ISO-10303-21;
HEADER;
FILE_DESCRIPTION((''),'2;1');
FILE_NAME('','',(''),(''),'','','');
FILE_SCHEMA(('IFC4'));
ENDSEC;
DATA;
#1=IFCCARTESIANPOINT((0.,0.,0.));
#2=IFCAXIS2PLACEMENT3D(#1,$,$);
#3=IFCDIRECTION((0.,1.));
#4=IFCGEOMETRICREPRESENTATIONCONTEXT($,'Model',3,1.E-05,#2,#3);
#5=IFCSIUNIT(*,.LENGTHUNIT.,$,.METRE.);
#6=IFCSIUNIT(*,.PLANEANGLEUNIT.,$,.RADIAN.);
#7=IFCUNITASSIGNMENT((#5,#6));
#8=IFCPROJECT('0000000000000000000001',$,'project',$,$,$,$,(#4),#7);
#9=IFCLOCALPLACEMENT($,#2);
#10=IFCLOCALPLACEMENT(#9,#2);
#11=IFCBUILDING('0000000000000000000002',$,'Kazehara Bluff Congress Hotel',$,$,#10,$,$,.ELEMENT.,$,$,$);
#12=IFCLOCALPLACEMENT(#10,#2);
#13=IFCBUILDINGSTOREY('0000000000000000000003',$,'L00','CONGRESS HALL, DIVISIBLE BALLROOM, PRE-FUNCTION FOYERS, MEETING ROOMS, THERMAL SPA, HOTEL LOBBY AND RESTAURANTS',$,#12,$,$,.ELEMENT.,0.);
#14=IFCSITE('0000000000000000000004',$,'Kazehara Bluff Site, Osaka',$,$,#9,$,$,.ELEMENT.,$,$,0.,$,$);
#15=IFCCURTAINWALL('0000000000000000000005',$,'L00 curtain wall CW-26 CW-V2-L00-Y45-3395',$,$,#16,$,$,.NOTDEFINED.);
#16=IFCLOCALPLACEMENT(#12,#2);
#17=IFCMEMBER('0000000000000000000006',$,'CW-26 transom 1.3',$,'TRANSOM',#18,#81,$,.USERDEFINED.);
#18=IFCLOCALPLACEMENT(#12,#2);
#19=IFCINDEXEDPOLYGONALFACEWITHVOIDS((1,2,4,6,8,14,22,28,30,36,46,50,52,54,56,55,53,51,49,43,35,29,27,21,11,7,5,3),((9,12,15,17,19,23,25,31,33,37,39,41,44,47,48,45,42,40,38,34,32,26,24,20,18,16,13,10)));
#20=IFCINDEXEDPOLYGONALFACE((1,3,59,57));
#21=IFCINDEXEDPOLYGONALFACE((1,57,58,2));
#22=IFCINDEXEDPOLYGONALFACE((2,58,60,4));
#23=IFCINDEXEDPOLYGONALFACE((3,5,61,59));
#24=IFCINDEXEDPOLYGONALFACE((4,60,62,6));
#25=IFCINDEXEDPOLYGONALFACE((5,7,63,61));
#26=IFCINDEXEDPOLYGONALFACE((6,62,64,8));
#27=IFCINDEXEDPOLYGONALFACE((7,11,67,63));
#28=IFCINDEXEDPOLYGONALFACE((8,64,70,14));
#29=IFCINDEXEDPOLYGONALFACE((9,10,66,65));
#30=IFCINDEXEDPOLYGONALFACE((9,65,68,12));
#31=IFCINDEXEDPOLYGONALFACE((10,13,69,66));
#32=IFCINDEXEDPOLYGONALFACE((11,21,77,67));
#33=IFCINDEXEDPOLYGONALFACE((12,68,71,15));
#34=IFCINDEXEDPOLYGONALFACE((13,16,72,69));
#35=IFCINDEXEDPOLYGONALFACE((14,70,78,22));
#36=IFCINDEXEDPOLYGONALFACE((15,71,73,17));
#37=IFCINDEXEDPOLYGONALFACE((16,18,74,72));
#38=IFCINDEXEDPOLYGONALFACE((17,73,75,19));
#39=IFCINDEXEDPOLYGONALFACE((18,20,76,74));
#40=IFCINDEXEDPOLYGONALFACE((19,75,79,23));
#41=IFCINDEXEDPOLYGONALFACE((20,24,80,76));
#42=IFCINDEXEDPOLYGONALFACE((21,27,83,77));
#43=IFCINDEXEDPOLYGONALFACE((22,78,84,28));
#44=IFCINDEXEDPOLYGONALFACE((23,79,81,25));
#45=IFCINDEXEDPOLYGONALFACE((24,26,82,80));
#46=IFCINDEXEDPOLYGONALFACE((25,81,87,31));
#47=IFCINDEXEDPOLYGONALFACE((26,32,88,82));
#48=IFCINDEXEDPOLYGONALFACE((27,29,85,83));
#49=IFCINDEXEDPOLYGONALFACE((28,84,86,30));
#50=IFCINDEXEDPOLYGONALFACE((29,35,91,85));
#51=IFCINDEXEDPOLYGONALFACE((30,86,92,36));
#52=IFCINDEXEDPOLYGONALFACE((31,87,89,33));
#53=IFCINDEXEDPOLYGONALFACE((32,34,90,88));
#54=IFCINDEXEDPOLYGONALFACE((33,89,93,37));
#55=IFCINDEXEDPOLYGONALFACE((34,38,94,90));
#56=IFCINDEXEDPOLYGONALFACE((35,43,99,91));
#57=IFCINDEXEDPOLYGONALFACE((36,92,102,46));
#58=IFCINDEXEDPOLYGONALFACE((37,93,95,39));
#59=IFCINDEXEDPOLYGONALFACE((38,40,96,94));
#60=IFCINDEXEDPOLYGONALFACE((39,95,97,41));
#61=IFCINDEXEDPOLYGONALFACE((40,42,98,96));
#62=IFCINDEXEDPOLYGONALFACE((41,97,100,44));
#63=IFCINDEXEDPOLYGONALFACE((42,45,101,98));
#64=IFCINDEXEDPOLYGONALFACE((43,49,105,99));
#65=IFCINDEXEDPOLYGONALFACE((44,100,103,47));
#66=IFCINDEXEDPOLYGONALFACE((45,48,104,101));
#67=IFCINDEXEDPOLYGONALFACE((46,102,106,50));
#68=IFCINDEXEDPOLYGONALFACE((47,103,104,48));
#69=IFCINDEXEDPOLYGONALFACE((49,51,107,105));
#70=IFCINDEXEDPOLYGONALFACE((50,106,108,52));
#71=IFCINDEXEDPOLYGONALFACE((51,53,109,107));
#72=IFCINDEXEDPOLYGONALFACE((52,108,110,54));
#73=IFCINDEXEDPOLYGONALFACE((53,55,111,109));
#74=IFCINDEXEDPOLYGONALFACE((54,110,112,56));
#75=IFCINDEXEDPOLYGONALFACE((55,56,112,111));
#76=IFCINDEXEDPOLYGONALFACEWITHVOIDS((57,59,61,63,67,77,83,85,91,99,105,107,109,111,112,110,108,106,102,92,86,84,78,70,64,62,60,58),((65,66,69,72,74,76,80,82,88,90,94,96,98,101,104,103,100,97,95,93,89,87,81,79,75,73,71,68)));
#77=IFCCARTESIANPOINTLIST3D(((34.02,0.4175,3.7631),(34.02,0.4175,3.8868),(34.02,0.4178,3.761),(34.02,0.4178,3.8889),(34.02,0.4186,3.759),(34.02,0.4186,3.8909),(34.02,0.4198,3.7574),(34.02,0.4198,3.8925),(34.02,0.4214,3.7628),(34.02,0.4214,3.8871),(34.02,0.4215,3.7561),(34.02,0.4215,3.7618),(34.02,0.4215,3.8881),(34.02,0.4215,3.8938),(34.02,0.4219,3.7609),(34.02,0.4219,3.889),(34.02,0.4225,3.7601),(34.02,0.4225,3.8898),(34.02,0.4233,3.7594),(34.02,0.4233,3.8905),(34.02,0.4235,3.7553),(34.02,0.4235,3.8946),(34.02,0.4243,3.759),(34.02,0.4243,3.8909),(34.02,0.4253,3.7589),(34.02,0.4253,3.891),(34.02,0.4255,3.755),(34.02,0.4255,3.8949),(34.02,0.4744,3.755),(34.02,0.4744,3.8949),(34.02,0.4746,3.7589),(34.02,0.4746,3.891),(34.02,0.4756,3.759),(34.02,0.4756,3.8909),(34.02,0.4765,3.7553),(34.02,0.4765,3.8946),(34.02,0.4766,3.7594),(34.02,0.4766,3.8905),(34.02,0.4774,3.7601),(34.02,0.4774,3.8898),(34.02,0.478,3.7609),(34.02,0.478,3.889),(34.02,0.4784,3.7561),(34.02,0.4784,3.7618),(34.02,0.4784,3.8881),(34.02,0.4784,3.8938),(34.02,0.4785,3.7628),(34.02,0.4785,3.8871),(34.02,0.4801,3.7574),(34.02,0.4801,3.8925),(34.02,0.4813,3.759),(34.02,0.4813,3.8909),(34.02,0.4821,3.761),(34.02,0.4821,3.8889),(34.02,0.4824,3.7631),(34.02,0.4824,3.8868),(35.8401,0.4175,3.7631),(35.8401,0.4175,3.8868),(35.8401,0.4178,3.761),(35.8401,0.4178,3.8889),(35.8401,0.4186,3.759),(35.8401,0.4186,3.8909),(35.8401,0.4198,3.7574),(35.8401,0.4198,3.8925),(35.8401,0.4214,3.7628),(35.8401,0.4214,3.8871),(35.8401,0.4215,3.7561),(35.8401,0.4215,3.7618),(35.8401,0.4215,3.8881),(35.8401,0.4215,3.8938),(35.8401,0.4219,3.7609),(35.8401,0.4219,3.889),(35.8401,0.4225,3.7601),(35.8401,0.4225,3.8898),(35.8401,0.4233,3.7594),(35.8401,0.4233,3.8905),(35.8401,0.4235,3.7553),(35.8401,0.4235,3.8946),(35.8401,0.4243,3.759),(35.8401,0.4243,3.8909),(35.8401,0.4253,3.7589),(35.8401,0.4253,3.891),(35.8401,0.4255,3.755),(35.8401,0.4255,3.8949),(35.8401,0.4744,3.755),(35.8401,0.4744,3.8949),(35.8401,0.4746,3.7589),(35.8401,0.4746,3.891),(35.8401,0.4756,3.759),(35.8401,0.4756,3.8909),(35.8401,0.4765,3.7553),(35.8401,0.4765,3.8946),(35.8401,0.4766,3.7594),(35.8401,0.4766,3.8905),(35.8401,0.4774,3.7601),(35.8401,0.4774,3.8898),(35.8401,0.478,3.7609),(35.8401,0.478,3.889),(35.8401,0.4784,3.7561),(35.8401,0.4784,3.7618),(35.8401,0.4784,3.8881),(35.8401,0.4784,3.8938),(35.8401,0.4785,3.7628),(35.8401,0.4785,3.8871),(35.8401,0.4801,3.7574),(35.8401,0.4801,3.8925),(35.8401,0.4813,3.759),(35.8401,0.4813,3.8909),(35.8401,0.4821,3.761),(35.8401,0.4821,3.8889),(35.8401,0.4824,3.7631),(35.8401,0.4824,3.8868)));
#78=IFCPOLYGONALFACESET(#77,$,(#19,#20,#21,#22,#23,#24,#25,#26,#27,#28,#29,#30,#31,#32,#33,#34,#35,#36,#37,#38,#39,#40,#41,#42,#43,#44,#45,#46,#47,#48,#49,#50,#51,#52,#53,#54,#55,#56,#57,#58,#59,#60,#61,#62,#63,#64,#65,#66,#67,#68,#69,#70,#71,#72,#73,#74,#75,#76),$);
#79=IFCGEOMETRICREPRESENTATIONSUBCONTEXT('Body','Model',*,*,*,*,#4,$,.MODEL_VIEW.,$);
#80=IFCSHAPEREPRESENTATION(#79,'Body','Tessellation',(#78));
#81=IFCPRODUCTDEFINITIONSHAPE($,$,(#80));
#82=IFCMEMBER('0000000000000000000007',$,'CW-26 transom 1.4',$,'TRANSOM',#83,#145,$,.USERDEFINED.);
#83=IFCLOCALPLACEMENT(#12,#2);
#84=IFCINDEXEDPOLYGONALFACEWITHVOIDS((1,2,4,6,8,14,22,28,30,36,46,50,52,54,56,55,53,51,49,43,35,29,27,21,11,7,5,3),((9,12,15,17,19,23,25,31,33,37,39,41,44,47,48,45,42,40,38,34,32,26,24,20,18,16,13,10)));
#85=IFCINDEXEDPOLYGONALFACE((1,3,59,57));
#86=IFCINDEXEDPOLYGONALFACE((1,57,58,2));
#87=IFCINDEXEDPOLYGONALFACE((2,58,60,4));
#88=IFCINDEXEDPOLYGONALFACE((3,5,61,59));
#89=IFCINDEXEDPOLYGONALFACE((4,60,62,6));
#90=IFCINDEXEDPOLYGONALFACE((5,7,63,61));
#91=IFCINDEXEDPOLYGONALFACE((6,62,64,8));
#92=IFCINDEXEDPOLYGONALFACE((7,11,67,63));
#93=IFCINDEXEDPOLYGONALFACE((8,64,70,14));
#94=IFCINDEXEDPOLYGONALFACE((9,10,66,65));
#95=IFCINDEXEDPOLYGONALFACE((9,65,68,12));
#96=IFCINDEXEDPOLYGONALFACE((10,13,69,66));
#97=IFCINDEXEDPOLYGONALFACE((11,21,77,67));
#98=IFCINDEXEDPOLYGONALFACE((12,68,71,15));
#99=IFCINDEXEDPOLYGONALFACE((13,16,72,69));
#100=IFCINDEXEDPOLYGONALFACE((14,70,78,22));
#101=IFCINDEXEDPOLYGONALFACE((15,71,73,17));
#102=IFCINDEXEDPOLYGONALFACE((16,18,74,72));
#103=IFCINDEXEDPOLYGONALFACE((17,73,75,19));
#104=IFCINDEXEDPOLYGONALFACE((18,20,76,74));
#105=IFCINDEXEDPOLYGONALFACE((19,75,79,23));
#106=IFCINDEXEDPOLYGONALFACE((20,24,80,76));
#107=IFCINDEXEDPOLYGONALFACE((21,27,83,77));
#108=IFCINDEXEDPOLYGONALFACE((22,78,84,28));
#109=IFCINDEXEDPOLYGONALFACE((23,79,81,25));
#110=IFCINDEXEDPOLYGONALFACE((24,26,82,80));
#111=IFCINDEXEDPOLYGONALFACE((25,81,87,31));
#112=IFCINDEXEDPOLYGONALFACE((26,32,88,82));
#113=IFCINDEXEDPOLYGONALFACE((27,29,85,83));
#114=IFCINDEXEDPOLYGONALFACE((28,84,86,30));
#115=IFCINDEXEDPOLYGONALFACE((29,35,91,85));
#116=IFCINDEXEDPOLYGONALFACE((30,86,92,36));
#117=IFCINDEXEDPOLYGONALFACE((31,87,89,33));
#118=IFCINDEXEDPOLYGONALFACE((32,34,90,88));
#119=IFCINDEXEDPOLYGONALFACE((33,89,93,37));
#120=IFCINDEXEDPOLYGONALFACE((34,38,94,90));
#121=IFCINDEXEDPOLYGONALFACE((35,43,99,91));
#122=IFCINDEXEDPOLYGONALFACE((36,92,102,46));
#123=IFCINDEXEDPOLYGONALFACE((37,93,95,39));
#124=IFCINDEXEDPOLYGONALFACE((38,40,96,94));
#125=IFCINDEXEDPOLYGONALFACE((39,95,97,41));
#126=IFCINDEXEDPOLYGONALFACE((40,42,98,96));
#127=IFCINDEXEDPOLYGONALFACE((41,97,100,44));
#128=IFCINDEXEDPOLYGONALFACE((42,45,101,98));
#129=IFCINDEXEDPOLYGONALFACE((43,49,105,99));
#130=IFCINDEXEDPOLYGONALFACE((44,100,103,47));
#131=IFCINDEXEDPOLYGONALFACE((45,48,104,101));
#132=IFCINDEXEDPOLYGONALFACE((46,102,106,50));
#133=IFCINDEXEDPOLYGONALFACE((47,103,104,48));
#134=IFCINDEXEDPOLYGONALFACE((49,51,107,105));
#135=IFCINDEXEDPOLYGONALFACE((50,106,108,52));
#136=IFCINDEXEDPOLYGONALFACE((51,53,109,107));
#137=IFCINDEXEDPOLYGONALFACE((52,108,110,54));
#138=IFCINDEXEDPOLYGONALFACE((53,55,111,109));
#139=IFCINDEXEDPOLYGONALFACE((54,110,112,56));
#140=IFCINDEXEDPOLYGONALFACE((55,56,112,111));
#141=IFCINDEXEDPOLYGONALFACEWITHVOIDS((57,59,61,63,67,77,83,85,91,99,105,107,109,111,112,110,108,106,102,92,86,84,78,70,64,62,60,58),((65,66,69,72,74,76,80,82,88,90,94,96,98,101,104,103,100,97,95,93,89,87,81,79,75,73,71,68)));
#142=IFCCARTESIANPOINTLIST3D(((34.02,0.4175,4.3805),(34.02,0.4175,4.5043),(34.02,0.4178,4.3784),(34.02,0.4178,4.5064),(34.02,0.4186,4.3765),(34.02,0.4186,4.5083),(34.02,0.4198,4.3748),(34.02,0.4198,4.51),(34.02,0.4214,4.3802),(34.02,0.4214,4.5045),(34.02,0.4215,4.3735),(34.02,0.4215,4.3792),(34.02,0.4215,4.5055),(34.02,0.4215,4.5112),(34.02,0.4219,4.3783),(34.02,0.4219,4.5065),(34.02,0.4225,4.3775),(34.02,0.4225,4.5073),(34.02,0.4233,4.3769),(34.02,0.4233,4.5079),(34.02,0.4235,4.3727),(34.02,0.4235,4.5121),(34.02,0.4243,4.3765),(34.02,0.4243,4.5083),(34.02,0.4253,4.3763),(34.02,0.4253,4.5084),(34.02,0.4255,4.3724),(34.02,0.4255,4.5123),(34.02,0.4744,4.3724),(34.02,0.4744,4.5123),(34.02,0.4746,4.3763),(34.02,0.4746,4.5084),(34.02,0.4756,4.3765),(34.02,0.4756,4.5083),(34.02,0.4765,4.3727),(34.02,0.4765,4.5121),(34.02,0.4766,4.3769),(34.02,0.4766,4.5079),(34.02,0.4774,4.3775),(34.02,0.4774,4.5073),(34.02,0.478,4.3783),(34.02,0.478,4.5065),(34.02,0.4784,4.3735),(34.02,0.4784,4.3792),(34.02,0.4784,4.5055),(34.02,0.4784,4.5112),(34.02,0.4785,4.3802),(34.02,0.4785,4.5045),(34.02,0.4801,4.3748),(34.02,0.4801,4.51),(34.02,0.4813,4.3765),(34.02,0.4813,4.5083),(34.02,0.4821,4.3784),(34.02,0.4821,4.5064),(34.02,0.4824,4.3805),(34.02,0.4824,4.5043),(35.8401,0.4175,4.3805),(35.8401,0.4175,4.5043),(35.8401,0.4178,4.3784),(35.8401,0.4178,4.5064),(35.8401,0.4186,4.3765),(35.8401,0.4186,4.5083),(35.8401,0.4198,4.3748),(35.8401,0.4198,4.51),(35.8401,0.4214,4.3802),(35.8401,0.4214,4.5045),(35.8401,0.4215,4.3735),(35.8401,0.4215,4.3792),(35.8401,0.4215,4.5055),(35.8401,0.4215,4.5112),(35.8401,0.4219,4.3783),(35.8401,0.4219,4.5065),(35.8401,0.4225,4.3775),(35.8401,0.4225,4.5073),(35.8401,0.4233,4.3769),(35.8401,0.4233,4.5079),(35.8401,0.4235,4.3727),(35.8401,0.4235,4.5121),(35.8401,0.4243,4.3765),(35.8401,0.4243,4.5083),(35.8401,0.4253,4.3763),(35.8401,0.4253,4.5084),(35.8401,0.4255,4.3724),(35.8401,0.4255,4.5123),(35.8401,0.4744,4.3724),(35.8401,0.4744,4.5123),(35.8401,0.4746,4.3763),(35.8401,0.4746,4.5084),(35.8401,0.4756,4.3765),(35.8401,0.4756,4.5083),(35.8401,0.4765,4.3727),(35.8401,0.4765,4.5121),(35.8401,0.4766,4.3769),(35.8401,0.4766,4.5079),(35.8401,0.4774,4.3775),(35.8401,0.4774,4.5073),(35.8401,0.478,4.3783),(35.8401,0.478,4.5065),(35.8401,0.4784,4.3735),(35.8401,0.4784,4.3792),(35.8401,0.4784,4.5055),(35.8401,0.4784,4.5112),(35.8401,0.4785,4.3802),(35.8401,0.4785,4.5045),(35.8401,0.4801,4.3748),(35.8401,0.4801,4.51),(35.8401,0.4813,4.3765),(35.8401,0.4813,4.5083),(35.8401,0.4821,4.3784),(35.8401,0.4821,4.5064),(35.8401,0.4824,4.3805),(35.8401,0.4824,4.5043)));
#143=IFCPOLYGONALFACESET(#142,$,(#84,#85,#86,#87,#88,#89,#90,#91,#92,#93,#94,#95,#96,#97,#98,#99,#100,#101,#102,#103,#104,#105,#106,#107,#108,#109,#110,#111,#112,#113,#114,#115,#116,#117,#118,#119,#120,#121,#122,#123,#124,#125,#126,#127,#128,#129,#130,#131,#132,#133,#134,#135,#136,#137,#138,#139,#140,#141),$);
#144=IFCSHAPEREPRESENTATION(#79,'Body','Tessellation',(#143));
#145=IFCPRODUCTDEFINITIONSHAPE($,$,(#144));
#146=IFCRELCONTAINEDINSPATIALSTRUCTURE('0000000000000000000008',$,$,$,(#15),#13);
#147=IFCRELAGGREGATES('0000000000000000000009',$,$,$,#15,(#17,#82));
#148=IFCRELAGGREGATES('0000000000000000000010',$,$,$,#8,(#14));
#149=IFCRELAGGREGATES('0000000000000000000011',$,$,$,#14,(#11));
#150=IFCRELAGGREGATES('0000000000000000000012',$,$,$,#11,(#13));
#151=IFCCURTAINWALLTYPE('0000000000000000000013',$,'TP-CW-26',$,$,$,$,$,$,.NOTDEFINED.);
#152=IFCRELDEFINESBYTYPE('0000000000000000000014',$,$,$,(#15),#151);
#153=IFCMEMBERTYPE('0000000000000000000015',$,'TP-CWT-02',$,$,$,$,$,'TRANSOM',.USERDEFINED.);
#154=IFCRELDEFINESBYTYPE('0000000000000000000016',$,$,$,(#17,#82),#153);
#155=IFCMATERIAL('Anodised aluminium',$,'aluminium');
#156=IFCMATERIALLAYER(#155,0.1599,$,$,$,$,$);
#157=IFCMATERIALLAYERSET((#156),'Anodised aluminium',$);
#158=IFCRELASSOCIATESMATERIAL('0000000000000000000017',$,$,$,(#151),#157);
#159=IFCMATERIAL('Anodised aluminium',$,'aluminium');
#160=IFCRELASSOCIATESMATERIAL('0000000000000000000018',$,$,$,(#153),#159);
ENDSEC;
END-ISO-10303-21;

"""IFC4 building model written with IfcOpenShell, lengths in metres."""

from ifc_helpers import new_model, si_unit, direction, frame, origin, origin_2d, place, context, subcontext, project, spatial, hollow_rectangle, extrude, material, layer, layer_set, material_profile, profile_set, type_object, element, aggregate, save


model = new_model("IFC4")

# Units and contexts
model_context = context("Model", 3, precision=1e-05, world=origin(), true_north=direction((0.0, 1.0)))
body_context = subcontext(model_context, "Body", "Model", "MODEL_VIEW")
ifc_project = project(units=[si_unit("LENGTHUNIT", "METRE"), si_unit("PLANEANGLEUNIT", "RADIAN")], contexts=[model_context])

# Site, building, storey
site_placement = place(None, origin())
site = spatial("IfcSite", under=ifc_project, at=site_placement, Name="Kazehara Bluff Site, Osaka", CompositionType="ELEMENT", RefElevation=0.0)
building_placement = place(site_placement, origin())
building = spatial("IfcBuilding", under=site, at=building_placement, Name="Kazehara Bluff Congress Hotel", CompositionType="ELEMENT")
storey_placement = place(building_placement, origin())
storey = spatial("IfcBuildingStorey", under=building, at=storey_placement, Name="L00", Description="CONGRESS HALL, DIVISIBLE BALLROOM, PRE-FUNCTION FOYERS, MEETING ROOMS, THERMAL SPA, HOTEL LOBBY AND RESTAURANTS", CompositionType="ELEMENT", Elevation=0.0)

# Shared definitions
ifc_material_1 = material(Name="Anodised aluminium", Category="aluminium")
ifc_layer_1 = layer(ifc_material_1, 0.1599)
ifc_layer_set_1 = layer_set([ifc_layer_1], Name="Anodised aluminium")
curtain_wall_type = type_object("IfcCurtainWallType", Name="TP-CW-26", PredefinedType="NOTDEFINED", material=ifc_layer_set_1)

# Curtain wall, members
curtain_wall_1_placement = place(storey_placement, origin())
curtain_wall_1 = element("IfcCurtainWall", 1, at=curtain_wall_1_placement, inside=storey, type_object=curtain_wall_type, Name="L00 curtain wall CW-26 CW-V2-L00-Y45-3395", PredefinedType="NOTDEFINED")
ifc_material_2 = material(Name="Anodised aluminium", Category="aluminium")
ifc_material_profile_1 = material_profile(ifc_material_2, hollow_rectangle(XDim=0.0649, YDim=0.1399, WallThickness=0.0039, InnerFilletRadius=0.0039, OuterFilletRadius=0.0081, at=origin_2d()))
ifc_profile_set_1 = profile_set([ifc_material_profile_1], Name="Anodised aluminium")
member_type_1 = type_object("IfcMemberType", Name="TP-CWT-02", ElementType="TRANSOM", PredefinedType="USERDEFINED", material=ifc_profile_set_1)
member_1_placement = place(storey_placement, frame((34.02, 0.45, 3.825), z_axis=(1.0, 0.0, 0.0), x_axis=(0.0, 1.0, 0.0)))
member_1 = element("IfcMember", 2, at=member_1_placement, type_object=member_type_1, Name="CW-26 transom 1.3", ObjectType="TRANSOM", PredefinedType="USERDEFINED", context=body_context, shape_type="SweptSolid", body=[
    extrude(hollow_rectangle(XDim=0.0649, YDim=0.1399, WallThickness=0.0039, InnerFilletRadius=0.0039, OuterFilletRadius=0.0081, at=origin_2d()), origin(), (0.0, 0.0, 1.0), 1.8201),
])
member_2_placement = place(storey_placement, frame((34.02, 0.45, 4.4424), z_axis=(1.0, 0.0, 0.0), x_axis=(0.0, 1.0, 0.0)))
member_2 = element("IfcMember", 3, at=member_2_placement, type_object=member_type_1, Name="CW-26 transom 1.4", ObjectType="TRANSOM", PredefinedType="USERDEFINED", context=body_context, shape_type="SweptSolid", body=[
    extrude(hollow_rectangle(XDim=0.0649, YDim=0.1399, WallThickness=0.0039, InnerFilletRadius=0.0039, OuterFilletRadius=0.0081, at=origin_2d()), origin(), (0.0, 0.0, 1.0), 1.8201),
])

aggregate(curtain_wall_1, [member_1, member_2])

save(model, "model.ifc")
